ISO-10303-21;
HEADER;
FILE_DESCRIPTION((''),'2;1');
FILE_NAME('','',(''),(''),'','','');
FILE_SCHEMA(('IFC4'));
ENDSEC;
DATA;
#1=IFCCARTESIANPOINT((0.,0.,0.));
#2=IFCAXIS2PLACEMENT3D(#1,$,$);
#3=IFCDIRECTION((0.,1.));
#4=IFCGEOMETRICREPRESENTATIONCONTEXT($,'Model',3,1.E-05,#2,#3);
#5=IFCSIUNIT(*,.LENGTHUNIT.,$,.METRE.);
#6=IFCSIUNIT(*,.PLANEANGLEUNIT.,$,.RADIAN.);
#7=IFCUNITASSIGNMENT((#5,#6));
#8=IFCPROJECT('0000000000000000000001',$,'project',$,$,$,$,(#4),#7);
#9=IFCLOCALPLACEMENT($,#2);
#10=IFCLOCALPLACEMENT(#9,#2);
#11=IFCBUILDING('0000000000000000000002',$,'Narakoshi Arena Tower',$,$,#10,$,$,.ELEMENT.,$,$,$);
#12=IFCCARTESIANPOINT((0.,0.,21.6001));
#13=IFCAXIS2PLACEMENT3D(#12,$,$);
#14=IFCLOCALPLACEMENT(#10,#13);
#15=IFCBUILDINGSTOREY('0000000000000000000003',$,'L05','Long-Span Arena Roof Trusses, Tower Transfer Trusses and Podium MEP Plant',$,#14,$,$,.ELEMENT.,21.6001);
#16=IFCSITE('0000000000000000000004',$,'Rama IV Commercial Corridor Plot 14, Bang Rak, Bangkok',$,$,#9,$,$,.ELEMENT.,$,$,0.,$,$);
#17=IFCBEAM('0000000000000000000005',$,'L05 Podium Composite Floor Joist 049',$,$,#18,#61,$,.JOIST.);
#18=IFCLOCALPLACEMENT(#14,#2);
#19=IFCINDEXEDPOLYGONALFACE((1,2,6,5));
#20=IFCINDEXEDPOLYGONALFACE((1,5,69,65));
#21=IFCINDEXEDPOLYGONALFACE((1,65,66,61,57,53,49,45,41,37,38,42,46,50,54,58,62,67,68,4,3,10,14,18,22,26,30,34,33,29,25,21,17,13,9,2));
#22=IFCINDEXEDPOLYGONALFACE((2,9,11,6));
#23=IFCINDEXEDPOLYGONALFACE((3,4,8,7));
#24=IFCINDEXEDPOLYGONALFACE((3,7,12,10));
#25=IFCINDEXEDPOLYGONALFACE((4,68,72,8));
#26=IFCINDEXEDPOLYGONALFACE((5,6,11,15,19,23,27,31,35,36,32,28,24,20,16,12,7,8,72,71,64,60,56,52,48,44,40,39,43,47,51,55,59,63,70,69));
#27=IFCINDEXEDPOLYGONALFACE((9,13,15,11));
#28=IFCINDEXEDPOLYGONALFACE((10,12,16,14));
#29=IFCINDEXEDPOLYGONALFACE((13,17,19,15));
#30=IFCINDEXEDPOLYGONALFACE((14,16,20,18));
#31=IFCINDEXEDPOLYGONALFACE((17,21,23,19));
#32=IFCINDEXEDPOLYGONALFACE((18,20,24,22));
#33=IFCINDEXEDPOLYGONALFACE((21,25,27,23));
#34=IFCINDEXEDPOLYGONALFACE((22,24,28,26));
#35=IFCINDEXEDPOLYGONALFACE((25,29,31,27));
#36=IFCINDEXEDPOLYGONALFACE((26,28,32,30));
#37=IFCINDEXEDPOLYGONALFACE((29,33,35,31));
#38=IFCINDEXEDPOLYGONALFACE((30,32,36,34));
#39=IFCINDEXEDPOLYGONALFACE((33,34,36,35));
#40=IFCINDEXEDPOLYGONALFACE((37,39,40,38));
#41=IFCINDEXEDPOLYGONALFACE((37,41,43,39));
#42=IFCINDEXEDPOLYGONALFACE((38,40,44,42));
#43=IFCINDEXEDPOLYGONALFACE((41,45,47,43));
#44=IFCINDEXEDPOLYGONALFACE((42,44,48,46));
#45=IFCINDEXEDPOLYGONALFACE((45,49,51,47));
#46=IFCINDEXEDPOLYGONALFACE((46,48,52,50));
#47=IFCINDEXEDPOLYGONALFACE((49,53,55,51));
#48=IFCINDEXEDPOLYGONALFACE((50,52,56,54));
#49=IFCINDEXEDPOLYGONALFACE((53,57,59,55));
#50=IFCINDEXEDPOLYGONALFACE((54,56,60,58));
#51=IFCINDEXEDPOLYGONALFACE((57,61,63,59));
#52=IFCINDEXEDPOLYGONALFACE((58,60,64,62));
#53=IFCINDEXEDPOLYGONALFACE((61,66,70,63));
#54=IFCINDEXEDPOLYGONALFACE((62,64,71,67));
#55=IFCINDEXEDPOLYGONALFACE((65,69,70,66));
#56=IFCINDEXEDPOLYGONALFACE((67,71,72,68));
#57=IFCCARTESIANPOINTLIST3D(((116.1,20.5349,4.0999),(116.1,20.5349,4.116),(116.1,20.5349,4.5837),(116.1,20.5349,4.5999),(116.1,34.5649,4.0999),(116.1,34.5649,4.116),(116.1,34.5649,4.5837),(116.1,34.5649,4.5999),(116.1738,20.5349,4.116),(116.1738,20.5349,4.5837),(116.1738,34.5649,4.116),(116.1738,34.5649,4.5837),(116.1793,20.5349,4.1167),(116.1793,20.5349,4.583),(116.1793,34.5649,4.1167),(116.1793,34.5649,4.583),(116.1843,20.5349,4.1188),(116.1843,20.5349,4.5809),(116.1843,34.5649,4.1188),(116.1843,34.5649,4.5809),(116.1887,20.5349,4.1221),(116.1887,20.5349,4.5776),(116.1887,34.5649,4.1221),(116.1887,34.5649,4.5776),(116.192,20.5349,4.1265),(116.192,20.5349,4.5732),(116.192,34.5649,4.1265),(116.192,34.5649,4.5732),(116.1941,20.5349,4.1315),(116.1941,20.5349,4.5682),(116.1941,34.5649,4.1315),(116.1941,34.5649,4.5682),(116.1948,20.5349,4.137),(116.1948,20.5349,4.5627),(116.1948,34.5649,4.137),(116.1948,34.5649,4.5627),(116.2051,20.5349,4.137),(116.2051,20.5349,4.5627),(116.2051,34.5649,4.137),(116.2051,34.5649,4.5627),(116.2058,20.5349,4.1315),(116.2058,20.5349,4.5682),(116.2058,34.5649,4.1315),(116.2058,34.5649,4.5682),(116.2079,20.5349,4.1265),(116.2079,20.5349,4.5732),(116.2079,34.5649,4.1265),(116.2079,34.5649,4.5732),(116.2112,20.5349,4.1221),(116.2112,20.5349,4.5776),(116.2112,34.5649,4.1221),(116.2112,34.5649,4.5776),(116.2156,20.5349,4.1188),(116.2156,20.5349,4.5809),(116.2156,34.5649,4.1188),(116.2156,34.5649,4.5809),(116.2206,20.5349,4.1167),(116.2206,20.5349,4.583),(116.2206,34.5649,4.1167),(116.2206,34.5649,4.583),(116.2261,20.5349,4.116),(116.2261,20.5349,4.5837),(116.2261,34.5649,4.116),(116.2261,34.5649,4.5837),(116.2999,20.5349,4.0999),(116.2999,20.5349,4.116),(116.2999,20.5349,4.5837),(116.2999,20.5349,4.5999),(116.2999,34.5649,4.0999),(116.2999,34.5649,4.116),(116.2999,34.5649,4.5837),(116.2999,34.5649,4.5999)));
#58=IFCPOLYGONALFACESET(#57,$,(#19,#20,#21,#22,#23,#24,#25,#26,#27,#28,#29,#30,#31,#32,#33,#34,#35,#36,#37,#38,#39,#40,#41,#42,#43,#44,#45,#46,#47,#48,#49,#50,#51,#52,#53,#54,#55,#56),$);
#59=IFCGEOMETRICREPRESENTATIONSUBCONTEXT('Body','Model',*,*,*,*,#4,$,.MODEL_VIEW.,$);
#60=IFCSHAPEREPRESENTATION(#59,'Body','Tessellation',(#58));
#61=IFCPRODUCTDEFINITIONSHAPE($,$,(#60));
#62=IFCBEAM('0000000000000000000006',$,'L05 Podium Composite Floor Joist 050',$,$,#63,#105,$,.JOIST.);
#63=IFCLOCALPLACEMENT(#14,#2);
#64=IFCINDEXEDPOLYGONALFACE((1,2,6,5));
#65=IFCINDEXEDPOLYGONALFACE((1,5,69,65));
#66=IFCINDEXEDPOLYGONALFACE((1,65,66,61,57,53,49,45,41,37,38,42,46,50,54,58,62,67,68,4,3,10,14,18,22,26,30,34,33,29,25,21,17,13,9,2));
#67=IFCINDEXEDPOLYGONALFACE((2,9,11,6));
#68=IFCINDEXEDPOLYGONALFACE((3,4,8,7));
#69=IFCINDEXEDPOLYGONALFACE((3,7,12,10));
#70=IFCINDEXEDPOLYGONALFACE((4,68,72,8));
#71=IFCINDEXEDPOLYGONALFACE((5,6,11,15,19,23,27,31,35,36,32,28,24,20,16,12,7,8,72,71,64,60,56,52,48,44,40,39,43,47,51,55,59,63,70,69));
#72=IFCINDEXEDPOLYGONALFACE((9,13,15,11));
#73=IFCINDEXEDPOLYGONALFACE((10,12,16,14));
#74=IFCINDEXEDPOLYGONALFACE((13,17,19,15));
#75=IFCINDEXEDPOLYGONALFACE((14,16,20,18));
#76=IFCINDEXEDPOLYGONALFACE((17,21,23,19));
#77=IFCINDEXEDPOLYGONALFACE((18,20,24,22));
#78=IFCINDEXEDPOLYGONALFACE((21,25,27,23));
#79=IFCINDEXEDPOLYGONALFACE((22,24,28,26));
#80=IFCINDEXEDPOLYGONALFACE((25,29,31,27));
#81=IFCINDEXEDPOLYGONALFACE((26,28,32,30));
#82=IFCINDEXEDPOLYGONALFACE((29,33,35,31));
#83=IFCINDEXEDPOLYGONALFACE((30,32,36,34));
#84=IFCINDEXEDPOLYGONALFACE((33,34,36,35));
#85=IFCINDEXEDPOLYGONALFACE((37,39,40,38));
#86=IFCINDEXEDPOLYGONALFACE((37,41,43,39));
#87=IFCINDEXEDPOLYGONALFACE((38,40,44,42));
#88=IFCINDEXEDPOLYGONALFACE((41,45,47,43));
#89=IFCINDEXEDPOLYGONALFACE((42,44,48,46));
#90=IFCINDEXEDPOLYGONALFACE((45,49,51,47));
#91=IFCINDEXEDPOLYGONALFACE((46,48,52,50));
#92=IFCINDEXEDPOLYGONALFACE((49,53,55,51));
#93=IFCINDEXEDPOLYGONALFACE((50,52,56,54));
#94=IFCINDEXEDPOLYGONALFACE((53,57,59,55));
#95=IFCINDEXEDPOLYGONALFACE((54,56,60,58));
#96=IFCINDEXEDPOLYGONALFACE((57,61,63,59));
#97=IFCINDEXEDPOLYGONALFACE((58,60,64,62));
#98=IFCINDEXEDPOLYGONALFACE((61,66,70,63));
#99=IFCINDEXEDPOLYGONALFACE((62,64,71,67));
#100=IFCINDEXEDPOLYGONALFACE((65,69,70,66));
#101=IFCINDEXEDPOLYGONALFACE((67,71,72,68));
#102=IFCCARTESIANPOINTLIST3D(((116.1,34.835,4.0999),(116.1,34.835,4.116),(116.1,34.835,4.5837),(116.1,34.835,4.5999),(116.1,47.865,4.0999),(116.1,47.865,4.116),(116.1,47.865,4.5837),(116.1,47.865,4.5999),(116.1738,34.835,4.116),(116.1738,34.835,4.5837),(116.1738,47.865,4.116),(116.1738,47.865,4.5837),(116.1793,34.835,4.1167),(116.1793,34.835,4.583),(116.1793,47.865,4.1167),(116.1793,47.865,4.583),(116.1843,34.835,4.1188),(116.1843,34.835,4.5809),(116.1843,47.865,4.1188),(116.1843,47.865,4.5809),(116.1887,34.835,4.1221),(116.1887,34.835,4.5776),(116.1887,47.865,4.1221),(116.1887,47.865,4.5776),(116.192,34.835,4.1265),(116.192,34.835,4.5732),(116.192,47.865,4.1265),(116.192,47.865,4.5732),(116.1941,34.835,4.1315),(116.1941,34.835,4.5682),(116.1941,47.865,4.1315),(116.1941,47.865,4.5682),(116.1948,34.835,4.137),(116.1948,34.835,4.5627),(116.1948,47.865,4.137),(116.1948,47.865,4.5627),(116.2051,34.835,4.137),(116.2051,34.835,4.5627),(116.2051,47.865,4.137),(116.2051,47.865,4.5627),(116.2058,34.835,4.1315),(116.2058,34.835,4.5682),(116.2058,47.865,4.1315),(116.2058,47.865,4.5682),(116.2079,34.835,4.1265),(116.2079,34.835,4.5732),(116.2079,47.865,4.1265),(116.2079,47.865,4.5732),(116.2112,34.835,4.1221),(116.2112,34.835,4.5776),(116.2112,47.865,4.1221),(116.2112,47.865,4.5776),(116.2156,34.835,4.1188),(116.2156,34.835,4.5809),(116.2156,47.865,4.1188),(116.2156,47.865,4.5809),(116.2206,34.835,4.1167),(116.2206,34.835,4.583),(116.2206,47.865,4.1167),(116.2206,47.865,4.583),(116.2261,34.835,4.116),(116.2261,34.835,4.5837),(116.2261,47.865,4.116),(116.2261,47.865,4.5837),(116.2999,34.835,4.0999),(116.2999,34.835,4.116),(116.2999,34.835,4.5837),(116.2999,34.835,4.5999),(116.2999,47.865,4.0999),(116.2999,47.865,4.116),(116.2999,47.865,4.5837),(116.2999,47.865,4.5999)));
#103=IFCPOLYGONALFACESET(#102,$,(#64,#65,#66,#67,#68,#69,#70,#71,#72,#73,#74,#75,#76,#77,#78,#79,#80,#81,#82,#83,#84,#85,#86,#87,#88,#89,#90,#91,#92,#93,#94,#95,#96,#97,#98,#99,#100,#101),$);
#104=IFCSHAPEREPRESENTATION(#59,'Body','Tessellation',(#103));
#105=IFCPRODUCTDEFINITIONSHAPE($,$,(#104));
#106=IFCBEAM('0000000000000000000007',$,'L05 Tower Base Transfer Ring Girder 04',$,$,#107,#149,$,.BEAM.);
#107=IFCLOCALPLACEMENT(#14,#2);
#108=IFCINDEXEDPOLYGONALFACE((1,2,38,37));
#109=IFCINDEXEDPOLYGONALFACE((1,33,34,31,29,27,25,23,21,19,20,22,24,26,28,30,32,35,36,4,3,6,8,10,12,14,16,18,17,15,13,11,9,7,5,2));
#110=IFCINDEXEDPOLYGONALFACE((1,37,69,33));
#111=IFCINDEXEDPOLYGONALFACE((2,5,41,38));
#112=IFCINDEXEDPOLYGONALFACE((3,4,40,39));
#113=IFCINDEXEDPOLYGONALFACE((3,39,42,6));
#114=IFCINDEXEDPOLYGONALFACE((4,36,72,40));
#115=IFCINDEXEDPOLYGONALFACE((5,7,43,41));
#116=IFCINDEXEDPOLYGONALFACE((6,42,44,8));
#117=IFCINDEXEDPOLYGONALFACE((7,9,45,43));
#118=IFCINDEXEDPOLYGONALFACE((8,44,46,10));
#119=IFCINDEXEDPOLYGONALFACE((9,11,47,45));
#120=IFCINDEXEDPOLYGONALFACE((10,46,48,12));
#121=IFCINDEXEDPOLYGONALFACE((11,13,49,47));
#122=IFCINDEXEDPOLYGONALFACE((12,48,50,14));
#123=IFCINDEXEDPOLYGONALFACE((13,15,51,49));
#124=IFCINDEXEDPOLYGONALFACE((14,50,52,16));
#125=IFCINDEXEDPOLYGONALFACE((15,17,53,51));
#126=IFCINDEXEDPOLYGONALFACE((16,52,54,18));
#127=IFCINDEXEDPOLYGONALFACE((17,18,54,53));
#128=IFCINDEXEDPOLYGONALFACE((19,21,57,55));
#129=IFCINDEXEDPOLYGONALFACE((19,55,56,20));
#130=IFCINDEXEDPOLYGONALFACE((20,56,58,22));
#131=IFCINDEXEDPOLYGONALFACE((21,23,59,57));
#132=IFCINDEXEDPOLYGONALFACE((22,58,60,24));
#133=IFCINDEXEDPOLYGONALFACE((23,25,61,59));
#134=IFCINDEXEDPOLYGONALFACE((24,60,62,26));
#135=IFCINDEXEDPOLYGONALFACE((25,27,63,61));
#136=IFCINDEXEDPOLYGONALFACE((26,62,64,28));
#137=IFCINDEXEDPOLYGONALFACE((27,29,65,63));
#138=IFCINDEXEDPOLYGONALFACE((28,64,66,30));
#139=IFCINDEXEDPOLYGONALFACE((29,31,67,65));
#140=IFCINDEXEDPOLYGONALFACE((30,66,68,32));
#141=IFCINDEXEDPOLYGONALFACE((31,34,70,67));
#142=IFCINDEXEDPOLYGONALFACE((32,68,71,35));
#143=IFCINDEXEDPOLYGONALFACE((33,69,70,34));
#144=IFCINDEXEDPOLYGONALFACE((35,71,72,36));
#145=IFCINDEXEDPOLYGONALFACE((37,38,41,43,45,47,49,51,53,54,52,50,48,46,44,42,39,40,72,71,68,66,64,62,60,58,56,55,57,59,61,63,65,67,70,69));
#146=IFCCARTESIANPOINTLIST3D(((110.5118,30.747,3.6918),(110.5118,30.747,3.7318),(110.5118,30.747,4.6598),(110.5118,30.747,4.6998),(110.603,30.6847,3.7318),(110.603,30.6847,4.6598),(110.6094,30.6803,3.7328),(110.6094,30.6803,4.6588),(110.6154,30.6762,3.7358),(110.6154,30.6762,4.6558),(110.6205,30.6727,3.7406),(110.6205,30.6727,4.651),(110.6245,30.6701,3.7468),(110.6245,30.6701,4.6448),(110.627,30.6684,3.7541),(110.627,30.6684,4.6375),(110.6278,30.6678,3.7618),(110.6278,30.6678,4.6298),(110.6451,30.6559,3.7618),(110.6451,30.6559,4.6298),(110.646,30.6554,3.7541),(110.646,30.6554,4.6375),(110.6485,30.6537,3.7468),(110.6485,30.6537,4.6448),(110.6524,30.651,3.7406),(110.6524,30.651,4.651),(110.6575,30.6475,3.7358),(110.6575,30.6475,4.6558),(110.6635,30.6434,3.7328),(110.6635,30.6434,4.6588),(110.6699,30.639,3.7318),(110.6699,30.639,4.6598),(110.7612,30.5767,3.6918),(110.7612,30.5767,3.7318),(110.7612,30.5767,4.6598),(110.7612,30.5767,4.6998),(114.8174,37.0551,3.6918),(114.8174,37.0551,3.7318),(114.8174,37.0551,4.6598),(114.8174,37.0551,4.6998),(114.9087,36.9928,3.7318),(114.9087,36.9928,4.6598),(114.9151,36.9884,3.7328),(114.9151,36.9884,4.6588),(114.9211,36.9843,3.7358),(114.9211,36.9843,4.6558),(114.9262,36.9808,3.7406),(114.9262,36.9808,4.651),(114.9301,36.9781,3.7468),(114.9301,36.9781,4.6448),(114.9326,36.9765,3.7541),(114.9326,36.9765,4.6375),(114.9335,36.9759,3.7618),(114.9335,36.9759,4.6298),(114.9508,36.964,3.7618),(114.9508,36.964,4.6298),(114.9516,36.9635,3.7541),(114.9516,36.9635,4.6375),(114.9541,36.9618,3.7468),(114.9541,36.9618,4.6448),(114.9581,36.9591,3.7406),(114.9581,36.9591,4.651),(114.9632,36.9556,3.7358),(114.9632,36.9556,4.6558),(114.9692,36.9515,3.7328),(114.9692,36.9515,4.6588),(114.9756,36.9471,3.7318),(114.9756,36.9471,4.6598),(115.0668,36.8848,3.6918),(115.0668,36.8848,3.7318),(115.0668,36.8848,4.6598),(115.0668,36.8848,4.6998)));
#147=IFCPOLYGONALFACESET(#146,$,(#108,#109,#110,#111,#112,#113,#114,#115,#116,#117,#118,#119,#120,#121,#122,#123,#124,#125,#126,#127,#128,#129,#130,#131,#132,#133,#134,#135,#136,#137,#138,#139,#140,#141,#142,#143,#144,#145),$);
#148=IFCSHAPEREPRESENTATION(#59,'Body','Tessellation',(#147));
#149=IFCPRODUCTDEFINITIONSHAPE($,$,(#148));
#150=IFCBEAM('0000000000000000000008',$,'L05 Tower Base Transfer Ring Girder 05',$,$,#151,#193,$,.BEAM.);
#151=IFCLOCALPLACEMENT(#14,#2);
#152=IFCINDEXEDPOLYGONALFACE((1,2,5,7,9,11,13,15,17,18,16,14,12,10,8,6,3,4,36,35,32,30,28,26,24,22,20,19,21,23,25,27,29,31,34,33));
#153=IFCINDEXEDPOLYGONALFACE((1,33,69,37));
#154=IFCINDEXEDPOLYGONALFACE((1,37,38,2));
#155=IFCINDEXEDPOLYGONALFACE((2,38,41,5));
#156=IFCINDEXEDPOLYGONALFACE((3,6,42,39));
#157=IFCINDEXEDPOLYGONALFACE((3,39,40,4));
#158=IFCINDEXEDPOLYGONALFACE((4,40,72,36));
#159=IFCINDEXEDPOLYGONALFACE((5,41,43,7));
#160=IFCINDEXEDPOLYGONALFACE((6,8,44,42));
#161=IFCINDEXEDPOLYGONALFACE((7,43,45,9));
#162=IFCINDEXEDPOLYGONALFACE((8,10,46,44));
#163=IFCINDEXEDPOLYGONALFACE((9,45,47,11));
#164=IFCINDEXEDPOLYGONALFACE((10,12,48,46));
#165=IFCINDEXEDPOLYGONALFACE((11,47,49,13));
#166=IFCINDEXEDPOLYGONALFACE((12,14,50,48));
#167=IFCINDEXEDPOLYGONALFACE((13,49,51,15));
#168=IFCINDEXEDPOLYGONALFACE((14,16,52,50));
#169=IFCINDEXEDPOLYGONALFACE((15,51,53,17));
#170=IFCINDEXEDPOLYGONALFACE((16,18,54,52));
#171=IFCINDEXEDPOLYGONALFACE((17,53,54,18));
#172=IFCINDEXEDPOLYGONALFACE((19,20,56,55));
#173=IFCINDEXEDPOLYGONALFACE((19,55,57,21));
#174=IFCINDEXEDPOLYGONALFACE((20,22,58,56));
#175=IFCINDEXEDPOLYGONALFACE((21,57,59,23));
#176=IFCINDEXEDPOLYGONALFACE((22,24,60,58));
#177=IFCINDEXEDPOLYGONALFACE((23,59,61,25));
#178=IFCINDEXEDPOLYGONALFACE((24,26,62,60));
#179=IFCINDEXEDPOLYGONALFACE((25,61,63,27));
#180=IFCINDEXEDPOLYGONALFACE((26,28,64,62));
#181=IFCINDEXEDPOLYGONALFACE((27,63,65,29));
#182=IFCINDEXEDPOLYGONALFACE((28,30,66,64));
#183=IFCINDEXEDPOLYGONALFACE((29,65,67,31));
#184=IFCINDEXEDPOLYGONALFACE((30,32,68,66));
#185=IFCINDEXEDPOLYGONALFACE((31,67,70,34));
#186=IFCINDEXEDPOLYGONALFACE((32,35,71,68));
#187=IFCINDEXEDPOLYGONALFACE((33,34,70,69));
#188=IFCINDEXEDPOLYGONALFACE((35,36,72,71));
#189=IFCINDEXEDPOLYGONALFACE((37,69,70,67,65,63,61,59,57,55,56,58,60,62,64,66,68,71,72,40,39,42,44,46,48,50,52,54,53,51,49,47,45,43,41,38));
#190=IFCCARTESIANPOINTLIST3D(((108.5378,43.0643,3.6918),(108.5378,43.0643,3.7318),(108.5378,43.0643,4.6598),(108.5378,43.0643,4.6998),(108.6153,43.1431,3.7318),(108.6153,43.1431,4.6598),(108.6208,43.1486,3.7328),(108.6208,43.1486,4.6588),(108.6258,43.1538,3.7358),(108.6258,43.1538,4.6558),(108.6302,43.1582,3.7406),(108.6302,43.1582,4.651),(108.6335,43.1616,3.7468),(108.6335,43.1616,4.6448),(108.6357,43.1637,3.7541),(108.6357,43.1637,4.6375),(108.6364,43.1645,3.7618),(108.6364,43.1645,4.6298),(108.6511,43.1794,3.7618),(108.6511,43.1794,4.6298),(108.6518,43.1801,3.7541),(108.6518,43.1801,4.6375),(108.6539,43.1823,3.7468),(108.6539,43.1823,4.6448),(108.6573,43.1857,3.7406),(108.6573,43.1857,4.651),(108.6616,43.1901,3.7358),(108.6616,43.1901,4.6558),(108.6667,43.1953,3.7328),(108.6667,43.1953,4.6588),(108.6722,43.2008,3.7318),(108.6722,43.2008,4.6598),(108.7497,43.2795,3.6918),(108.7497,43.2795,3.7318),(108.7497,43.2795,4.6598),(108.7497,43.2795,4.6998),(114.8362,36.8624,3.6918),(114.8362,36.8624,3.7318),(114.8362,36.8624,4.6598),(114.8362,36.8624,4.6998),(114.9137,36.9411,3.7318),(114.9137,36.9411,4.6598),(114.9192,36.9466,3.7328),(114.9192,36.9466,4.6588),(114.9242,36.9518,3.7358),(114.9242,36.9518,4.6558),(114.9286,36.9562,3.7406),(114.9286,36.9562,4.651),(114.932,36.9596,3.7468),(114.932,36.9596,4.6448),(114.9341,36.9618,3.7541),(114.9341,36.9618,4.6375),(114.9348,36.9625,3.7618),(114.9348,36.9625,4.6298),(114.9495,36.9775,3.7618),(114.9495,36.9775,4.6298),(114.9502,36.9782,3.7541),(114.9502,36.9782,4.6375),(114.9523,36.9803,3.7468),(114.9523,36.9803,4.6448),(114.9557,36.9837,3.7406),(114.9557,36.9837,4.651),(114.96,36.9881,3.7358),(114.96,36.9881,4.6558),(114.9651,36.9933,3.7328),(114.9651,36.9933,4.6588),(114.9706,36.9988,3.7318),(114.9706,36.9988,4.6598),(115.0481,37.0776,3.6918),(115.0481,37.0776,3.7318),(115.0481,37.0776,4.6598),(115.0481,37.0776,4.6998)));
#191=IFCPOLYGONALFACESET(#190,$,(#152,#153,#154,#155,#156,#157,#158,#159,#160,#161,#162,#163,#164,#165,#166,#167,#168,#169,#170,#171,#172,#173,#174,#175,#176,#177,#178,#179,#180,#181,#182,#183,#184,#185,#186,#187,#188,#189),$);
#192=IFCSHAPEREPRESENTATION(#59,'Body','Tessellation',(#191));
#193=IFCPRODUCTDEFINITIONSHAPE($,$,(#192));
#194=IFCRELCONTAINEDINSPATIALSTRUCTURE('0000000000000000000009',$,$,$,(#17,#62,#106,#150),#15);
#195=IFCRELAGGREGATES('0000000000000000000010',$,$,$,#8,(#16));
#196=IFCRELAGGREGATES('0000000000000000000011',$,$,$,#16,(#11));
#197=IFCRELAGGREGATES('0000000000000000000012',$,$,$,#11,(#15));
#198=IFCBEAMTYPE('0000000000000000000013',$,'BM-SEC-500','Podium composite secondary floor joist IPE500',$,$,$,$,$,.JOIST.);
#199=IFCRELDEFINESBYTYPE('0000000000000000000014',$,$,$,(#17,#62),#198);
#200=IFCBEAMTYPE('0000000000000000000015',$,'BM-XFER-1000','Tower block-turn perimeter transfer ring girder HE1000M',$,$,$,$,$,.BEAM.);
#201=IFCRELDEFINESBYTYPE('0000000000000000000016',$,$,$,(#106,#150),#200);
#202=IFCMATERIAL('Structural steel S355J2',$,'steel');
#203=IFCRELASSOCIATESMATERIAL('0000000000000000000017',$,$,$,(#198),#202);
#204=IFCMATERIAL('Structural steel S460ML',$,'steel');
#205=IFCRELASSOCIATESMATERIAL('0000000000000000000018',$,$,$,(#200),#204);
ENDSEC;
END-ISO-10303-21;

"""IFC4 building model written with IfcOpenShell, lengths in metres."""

from ifc_helpers import new_model, si_unit, direction, frame, origin, origin_2d, place, context, subcontext, project, spatial, i_section, extrude, material, material_profile, profile_set, type_object, element, save


model = new_model("IFC4")

# Units and contexts
model_context = context("Model", 3, precision=1e-05, world=origin(), true_north=direction((0.0, 1.0)))
body_context = subcontext(model_context, "Body", "Model", "MODEL_VIEW")
ifc_project = project(units=[si_unit("LENGTHUNIT", "METRE"), si_unit("PLANEANGLEUNIT", "RADIAN")], contexts=[model_context])

# Site, building, storey
site_placement = place(None, origin())
site = spatial("IfcSite", under=ifc_project, at=site_placement, Name="Rama IV Commercial Corridor Plot 14, Bang Rak, Bangkok", CompositionType="ELEMENT", RefElevation=0.0)
building_placement = place(site_placement, origin())
building = spatial("IfcBuilding", under=site, at=building_placement, Name="Narakoshi Arena Tower", CompositionType="ELEMENT")
storey_placement = place(building_placement, frame((0.0, 0.0, 21.6001)))
storey = spatial("IfcBuildingStorey", under=building, at=storey_placement, Name="L05", Description="Long-Span Arena Roof Trusses, Tower Transfer Trusses and Podium MEP Plant", CompositionType="ELEMENT", Elevation=21.6001)

# Shared definitions
ifc_material_1 = material(Name="Structural steel S355J2", Category="steel")

# Beams
ifc_material_2 = material(Name="Structural steel S460ML", Category="steel")
ifc_material_profile_1 = material_profile(ifc_material_1, i_section(OverallWidth=0.2, OverallDepth=0.5, WebThickness=0.0103, FlangeThickness=0.0161, FilletRadius=0.021, at=origin_2d()), Name="IPE500")
ifc_profile_set_1 = profile_set([ifc_material_profile_1], Name="Structural steel S355J2")
beam_type_1 = type_object("IfcBeamType", Name="BM-SEC-500", Description="Podium composite secondary floor joist IPE500", PredefinedType="JOIST", material=ifc_profile_set_1)
beam_1_placement = place(storey_placement, frame((116.2, 20.5349, 4.3499), z_axis=(0.0, 1.0, 0.0), x_axis=(-1.0, 0.0, 0.0)))
element("IfcBeam", 1, at=beam_1_placement, inside=storey, type_object=beam_type_1, Name="L05 Podium Composite Floor Joist 049", PredefinedType="JOIST", context=body_context, shape_type="SweptSolid", body=[
    extrude(i_section(OverallWidth=0.2, OverallDepth=0.5, WebThickness=0.0103, FlangeThickness=0.0161, FilletRadius=0.021, at=origin_2d()), origin(), (0.0, 0.0, 1.0), 14.03),
])
beam_2_placement = place(storey_placement, frame((116.2, 34.835, 4.3499), z_axis=(0.0, 1.0, 0.0), x_axis=(-1.0, 0.0, 0.0)))
element("IfcBeam", 2, at=beam_2_placement, inside=storey, type_object=beam_type_1, Name="L05 Podium Composite Floor Joist 050", PredefinedType="JOIST", context=body_context, shape_type="SweptSolid", body=[
    extrude(i_section(OverallWidth=0.2, OverallDepth=0.5, WebThickness=0.0103, FlangeThickness=0.0161, FilletRadius=0.021, at=origin_2d()), origin(), (0.0, 0.0, 1.0), 13.03),
])
ifc_material_profile_2 = material_profile(ifc_material_2, i_section(OverallWidth=0.302, OverallDepth=1.0081, WebThickness=0.021, FlangeThickness=0.04, FilletRadius=0.03, at=origin_2d()), Name="HE1000M")
ifc_profile_set_2 = profile_set([ifc_material_profile_2], Name="Structural steel S460ML")
beam_type_2 = type_object("IfcBeamType", Name="BM-XFER-1000", Description="Tower block-turn perimeter transfer ring girder HE1000M", PredefinedType="BEAM", material=ifc_profile_set_2)
beam_3_placement = place(storey_placement, frame((110.6365, 30.6619, 4.1958), z_axis=(0.563755, 0.825942, 0.0), x_axis=(-0.825942, 0.563755, 0.0)))
element("IfcBeam", 3, at=beam_3_placement, inside=storey, type_object=beam_type_2, Name="L05 Tower Base Transfer Ring Girder 04", PredefinedType="BEAM", context=body_context, shape_type="SweptSolid", body=[
    extrude(i_section(OverallWidth=0.302, OverallDepth=1.0081, WebThickness=0.021, FlangeThickness=0.04, FilletRadius=0.03, at=origin_2d()), origin(), (0.0, 0.0, 1.0), 7.6375),
])
for number, where, z_axis, x_axis, name in (
    (4, (114.9421, 36.97, 4.1958), (-0.712541, 0.701631, 0.0), (-0.701631, -0.712541, 0.0), "L05 Tower Base Transfer Ring Girder 05"),
):
    element("IfcBeam", number, at=place(storey_placement, frame(where, z_axis=z_axis, x_axis=x_axis)), inside=storey, type_object=beam_type_2, Name=name, PredefinedType="BEAM", context=body_context, shape_type="SweptSolid", body=[
        extrude(i_section(OverallWidth=0.302, OverallDepth=1.0081, WebThickness=0.021, FlangeThickness=0.04, FilletRadius=0.03, at=origin_2d()), origin(), (0.0, 0.0, 1.0), 8.8394),
    ])

save(model, "model.ifc")
